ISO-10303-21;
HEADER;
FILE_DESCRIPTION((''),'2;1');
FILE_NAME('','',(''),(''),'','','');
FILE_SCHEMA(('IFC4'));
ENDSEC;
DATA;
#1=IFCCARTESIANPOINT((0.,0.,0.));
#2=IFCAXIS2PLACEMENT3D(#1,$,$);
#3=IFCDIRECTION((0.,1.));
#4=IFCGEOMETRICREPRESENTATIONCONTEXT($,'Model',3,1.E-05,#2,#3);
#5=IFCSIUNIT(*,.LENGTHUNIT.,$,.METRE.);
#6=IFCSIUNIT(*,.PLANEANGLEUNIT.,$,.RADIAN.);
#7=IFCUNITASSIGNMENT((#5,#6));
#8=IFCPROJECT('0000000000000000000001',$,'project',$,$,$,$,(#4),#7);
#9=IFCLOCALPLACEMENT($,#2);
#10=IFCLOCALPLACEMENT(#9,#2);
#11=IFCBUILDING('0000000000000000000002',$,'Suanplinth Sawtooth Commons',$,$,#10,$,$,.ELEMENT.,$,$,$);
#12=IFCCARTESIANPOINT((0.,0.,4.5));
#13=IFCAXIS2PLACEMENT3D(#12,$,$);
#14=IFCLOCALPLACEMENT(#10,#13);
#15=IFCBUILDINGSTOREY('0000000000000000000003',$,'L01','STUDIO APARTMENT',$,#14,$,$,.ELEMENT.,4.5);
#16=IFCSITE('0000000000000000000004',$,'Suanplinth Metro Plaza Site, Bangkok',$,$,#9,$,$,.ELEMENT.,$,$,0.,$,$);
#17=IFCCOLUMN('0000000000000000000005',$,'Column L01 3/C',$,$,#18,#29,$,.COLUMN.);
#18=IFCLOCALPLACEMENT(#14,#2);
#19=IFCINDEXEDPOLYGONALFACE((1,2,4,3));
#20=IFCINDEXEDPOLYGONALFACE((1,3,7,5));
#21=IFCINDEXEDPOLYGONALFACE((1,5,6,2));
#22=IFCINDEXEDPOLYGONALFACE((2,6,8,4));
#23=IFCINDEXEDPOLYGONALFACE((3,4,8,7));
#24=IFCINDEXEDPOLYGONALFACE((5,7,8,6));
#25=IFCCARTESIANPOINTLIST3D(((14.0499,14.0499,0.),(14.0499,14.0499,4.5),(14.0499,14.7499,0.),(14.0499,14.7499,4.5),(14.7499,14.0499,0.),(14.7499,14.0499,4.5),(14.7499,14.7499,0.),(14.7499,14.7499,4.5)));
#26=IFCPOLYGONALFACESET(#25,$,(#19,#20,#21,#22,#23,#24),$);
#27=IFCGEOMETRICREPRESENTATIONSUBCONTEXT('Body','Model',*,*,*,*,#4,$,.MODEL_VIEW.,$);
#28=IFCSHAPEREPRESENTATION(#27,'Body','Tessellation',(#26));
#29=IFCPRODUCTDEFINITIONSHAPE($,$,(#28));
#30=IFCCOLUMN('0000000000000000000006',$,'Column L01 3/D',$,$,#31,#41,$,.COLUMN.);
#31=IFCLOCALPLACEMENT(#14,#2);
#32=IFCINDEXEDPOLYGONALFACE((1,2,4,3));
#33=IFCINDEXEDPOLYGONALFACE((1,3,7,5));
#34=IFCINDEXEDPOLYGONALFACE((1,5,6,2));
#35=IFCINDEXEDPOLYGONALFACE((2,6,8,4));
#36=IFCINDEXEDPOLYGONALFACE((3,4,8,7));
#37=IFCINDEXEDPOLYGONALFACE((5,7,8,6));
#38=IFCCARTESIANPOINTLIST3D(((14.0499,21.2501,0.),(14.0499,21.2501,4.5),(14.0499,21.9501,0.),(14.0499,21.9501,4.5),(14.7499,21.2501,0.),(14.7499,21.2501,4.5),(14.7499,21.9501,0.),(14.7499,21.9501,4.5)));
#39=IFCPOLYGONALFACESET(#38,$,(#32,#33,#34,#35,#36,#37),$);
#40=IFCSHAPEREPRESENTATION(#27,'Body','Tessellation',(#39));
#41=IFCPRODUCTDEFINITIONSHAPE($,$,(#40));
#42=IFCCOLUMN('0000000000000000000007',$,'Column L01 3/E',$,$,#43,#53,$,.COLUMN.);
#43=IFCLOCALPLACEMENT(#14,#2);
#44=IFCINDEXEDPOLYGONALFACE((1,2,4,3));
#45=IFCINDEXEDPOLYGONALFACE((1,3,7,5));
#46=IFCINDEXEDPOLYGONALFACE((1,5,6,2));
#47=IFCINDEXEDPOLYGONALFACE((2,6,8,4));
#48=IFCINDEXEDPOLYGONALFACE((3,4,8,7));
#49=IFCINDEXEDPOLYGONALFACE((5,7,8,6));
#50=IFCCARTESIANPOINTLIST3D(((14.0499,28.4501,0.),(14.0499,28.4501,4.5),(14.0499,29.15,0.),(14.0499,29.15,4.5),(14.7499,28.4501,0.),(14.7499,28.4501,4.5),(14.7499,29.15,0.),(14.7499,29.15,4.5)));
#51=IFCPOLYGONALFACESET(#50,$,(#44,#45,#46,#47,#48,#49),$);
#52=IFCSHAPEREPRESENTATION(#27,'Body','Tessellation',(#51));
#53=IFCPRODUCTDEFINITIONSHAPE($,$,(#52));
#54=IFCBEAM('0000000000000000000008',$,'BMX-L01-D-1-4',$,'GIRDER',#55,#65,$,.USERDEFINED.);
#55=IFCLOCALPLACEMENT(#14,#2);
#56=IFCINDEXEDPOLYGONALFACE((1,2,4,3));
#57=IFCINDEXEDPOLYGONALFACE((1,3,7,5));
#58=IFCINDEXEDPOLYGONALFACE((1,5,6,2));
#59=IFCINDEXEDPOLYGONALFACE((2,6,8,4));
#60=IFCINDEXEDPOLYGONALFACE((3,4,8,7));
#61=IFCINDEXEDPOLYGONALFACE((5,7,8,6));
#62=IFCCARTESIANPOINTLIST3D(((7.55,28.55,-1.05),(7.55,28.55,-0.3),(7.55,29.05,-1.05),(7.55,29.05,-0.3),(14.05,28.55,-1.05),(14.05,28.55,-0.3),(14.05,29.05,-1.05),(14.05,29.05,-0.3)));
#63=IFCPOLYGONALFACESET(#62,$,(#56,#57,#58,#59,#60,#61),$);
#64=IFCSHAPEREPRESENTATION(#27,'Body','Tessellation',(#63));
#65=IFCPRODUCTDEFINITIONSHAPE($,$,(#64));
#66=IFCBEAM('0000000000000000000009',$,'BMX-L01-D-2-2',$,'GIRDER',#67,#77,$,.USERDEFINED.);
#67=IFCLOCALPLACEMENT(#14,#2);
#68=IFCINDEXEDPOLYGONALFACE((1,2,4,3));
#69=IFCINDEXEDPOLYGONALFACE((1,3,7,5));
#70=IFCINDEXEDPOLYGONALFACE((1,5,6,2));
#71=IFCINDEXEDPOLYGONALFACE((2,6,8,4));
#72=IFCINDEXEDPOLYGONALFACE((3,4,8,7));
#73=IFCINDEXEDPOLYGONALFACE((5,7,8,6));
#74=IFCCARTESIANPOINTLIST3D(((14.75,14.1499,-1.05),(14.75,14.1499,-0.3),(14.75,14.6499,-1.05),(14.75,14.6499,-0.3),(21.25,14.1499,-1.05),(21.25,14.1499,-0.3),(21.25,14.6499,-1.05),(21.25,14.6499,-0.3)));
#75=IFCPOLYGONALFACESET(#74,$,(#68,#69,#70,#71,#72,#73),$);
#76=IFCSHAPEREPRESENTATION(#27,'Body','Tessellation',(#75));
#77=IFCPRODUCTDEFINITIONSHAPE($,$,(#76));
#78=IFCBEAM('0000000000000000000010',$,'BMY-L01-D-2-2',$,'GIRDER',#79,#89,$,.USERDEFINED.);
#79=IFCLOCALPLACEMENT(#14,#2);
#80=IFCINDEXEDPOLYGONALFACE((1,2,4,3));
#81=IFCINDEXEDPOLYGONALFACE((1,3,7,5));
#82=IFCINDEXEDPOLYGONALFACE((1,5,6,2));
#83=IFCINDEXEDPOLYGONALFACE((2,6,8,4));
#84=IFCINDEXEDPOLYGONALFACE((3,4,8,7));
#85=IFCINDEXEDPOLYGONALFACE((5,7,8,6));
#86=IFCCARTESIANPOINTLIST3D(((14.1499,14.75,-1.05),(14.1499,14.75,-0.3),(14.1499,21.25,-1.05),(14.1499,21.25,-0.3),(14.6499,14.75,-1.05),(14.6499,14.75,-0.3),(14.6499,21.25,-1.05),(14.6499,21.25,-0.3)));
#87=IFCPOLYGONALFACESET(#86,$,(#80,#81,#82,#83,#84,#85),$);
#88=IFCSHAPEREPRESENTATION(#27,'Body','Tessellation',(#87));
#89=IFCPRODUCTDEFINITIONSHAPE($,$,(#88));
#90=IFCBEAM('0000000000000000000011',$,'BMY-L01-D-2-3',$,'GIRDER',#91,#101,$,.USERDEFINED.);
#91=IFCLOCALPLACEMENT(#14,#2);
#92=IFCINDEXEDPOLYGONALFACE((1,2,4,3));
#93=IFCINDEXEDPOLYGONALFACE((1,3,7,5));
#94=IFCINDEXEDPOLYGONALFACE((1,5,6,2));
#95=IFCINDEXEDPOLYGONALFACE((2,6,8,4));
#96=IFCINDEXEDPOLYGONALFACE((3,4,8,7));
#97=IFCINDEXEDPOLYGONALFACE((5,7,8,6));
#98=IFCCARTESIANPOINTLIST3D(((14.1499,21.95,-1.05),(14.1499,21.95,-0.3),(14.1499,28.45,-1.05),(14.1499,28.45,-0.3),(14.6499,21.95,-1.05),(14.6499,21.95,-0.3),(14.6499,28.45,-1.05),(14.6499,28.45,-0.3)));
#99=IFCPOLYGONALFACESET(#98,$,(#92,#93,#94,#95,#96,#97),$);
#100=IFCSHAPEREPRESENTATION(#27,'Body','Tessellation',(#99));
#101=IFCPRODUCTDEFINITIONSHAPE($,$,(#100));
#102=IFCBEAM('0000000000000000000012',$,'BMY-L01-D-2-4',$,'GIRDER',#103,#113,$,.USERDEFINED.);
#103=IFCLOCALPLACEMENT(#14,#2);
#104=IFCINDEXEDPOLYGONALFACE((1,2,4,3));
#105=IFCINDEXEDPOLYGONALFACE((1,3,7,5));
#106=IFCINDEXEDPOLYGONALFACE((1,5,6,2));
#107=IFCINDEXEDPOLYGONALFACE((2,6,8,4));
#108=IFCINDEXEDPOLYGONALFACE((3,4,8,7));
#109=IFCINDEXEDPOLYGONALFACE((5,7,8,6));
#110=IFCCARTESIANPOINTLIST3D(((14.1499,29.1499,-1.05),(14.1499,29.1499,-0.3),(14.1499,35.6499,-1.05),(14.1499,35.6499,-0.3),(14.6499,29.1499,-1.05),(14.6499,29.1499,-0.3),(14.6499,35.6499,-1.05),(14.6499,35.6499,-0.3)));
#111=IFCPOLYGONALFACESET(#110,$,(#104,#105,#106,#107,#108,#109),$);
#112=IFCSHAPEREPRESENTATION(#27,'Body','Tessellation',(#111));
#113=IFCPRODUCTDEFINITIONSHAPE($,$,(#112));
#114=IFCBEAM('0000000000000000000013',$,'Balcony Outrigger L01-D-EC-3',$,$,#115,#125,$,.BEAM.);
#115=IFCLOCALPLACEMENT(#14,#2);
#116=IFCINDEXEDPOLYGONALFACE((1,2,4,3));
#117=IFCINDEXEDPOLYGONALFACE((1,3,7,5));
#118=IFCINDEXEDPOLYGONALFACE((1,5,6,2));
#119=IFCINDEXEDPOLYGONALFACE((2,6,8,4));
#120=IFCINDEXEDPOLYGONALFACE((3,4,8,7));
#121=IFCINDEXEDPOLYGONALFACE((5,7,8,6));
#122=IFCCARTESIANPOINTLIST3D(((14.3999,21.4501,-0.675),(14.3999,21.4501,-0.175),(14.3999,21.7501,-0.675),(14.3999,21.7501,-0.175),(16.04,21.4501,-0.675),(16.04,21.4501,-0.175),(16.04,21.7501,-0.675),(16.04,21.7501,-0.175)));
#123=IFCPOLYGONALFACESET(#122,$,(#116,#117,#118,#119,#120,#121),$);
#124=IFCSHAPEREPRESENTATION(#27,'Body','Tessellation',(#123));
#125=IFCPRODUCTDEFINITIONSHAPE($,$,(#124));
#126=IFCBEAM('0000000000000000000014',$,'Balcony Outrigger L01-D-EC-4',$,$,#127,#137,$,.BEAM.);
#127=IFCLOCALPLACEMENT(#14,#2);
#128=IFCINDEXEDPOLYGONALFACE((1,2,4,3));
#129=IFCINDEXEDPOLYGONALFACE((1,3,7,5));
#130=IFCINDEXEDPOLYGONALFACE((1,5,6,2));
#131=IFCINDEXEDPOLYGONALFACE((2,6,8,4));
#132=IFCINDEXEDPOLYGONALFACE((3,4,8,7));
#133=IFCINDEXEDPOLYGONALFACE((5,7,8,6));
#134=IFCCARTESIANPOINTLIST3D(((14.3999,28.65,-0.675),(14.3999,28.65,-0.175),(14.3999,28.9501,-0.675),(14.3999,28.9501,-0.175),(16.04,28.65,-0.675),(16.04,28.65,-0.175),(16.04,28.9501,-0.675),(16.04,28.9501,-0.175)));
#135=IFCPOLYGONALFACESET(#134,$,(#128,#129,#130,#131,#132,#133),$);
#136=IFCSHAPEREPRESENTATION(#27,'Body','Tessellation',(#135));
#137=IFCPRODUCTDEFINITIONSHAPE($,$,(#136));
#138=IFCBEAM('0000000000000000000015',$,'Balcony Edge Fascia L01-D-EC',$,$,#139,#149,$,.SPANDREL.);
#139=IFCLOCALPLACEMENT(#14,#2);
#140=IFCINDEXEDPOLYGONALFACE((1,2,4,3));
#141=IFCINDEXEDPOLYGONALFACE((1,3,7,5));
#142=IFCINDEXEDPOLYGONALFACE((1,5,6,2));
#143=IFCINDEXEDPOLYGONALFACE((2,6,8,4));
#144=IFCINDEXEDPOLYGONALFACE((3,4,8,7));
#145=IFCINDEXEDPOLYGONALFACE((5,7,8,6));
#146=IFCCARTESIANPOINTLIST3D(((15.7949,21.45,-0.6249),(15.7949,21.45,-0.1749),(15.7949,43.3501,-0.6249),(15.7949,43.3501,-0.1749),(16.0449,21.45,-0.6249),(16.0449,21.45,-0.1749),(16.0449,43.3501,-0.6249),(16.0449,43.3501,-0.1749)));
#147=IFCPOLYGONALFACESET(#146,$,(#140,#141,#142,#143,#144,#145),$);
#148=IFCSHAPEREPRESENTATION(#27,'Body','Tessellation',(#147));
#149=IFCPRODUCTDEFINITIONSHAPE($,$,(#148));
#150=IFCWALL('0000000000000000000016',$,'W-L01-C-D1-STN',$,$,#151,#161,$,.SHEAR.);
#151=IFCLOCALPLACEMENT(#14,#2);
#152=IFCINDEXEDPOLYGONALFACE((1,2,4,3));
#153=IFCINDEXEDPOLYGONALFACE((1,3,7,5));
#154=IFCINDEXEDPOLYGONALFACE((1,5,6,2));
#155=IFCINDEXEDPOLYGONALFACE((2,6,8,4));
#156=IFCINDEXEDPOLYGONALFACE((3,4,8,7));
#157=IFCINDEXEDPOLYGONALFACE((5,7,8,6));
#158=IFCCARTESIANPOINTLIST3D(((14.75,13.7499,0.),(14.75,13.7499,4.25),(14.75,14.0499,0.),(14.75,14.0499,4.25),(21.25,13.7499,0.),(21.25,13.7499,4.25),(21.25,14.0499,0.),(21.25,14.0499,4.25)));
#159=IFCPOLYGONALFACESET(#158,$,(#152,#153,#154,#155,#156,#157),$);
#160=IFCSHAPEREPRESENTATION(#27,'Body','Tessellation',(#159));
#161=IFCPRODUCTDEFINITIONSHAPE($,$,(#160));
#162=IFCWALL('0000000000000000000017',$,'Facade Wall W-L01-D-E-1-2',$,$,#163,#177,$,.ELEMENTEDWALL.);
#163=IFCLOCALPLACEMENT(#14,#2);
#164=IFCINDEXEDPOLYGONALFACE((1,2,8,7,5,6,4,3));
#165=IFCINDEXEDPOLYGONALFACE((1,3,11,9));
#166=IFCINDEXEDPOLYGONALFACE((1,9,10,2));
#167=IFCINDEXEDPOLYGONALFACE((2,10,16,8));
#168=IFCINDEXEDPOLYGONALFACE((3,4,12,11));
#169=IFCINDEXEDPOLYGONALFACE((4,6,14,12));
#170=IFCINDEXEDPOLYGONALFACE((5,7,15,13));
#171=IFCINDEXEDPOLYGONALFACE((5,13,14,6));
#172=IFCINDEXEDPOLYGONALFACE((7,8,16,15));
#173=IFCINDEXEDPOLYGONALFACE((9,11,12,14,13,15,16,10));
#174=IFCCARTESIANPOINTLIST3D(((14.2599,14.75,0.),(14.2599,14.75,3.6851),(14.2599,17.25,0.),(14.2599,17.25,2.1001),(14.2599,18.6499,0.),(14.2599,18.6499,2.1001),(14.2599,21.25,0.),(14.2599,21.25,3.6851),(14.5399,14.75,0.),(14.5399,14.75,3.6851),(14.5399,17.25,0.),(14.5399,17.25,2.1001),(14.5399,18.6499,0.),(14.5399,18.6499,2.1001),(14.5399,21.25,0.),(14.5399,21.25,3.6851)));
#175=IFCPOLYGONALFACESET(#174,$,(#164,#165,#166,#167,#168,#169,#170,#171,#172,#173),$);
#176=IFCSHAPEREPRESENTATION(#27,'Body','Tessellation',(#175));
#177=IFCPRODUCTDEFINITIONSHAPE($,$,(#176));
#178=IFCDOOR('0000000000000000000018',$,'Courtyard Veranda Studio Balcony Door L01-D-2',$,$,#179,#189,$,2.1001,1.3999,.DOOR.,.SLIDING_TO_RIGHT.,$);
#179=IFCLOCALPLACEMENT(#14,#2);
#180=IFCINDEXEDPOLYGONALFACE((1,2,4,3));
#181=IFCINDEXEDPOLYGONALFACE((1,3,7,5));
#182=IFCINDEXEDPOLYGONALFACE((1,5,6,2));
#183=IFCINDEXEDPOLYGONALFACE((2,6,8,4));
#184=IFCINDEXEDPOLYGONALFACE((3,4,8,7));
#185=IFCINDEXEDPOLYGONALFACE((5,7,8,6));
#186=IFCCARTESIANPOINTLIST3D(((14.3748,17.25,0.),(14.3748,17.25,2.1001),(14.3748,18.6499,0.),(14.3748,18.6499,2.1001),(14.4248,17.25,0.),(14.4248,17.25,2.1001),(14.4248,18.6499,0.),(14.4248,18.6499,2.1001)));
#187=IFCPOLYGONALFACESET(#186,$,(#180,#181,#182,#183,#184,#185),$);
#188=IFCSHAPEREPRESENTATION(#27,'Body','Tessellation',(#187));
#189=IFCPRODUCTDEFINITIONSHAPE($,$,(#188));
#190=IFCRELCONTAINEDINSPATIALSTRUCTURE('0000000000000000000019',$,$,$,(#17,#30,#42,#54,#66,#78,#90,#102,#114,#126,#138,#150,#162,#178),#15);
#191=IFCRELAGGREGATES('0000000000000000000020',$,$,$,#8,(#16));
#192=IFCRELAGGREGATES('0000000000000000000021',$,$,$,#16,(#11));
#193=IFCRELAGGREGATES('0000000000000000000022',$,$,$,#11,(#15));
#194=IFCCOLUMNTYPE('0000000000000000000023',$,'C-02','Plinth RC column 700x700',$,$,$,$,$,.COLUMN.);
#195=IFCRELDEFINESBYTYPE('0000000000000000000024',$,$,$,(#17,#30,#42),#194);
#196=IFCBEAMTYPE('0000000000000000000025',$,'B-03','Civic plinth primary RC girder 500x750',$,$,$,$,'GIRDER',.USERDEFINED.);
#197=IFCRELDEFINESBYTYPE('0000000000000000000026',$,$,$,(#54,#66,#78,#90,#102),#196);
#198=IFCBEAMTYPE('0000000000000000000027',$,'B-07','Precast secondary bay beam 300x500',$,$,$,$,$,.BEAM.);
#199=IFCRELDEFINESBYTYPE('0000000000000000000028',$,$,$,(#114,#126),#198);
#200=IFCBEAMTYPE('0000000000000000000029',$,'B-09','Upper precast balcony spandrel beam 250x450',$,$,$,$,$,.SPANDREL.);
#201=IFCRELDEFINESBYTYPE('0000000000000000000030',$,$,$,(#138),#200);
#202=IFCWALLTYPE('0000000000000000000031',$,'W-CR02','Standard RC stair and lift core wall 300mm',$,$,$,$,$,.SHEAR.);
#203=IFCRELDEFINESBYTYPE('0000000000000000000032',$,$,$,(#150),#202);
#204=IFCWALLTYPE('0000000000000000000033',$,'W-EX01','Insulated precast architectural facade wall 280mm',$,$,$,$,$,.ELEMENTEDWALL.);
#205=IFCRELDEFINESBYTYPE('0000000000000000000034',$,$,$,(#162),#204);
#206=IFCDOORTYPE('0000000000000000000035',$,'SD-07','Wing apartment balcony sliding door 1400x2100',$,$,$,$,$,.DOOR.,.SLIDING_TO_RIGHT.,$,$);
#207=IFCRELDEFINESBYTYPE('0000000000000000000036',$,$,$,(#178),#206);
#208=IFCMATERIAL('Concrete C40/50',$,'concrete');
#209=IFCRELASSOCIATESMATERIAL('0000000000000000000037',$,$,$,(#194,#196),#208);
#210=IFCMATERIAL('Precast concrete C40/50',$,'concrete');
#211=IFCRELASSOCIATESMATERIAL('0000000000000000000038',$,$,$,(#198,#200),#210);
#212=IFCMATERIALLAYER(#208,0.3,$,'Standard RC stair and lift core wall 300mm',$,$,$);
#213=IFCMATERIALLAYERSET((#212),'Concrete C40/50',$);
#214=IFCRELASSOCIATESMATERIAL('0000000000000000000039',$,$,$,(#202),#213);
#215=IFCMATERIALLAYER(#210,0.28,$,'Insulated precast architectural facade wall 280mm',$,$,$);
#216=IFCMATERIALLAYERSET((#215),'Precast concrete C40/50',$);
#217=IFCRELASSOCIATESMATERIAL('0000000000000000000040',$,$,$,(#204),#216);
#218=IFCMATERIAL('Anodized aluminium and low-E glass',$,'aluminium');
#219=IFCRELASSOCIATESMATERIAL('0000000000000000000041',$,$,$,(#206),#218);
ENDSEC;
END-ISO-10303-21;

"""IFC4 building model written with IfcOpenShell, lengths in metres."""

from ifc_helpers import new_model, si_unit, direction, frame, frame_2d, origin, origin_2d, place, context, subcontext, project, spatial, rectangle, extrude, material, layer, layer_set, material_profile, profile_set, type_object, element, fill, save


model = new_model("IFC4")

# Units and contexts
model_context = context("Model", 3, precision=1e-05, world=origin(), true_north=direction((0.0, 1.0)))
body_context = subcontext(model_context, "Body", "Model", "MODEL_VIEW")
ifc_project = project(units=[si_unit("LENGTHUNIT", "METRE"), si_unit("PLANEANGLEUNIT", "RADIAN")], contexts=[model_context])

# Site, building, storey
site_placement = place(None, origin())
site = spatial("IfcSite", under=ifc_project, at=site_placement, Name="Suanplinth Metro Plaza Site, Bangkok", CompositionType="ELEMENT", RefElevation=0.0)
building_placement = place(site_placement, origin())
building = spatial("IfcBuilding", under=site, at=building_placement, Name="Suanplinth Sawtooth Commons", CompositionType="ELEMENT")
storey_placement = place(building_placement, frame((0.0, 0.0, 4.5)))
storey = spatial("IfcBuildingStorey", under=building, at=storey_placement, Name="L01", Description="STUDIO APARTMENT", CompositionType="ELEMENT", Elevation=4.5)

# Columns
ifc_material_1 = material(Name="Concrete C40/50", Category="concrete")
ifc_material_profile_1 = material_profile(ifc_material_1, rectangle(XDim=0.7, YDim=0.7, at=origin_2d()), Name="RC-COL 700x700")
ifc_profile_set_1 = profile_set([ifc_material_profile_1], Name="Concrete C40/50")
column_type = type_object("IfcColumnType", Name="C-02", Description="Plinth RC column 700x700", PredefinedType="COLUMN", material=ifc_profile_set_1)
for number, where, z_axis, x_axis, name in (
    (1, (14.3999, 14.3999, 0.0), (0.0, 0.0, 1.0), (1.0, 0.0, 0.0), "Column L01 3/C"),
    (2, (14.3999, 21.6001, 0.0), (0.0, 0.0, 1.0), (1.0, 0.0, 0.0), "Column L01 3/D"),
    (3, (14.3999, 28.8, 0.0), (0.0, 0.0, 1.0), (1.0, 0.0, 0.0), "Column L01 3/E"),
):
    element("IfcColumn", number, at=place(storey_placement, frame(where, z_axis=z_axis, x_axis=x_axis)), inside=storey, type_object=column_type, Name=name, PredefinedType="COLUMN", context=body_context, shape_type="SweptSolid", body=[
        extrude(rectangle(XDim=0.7, YDim=0.7, at=origin_2d()), origin(), (0.0, 0.0, 1.0), 4.5),
    ])

# Beams
ifc_material_profile_2 = material_profile(ifc_material_1, rectangle(XDim=0.5, YDim=0.75, at=origin_2d()), Name="RC-GDR 500x750")
ifc_profile_set_2 = profile_set([ifc_material_profile_2], Name="Concrete C40/50")
beam_type_1 = type_object("IfcBeamType", Name="B-03", Description="Civic plinth primary RC girder 500x750", ElementType="GIRDER", PredefinedType="USERDEFINED", material=ifc_profile_set_2)
for number, where, z_axis, x_axis, name in (
    (4, (7.55, 28.8, -0.675), (1.0, 0.0, 0.0), (0.0, 1.0, 0.0), "BMX-L01-D-1-4"),
    (5, (14.75, 14.3999, -0.675), (1.0, 0.0, 0.0), (0.0, 1.0, 0.0), "BMX-L01-D-2-2"),
    (6, (14.3999, 14.75, -0.675), (0.0, 1.0, 0.0), (-1.0, 0.0, 0.0), "BMY-L01-D-2-2"),
    (7, (14.3999, 21.95, -0.675), (0.0, 1.0, 0.0), (-1.0, 0.0, 0.0), "BMY-L01-D-2-3"),
    (8, (14.3999, 29.1499, -0.675), (0.0, 1.0, 0.0), (-1.0, 0.0, 0.0), "BMY-L01-D-2-4"),
):
    element("IfcBeam", number, at=place(storey_placement, frame(where, z_axis=z_axis, x_axis=x_axis)), inside=storey, type_object=beam_type_1, Name=name, ObjectType="GIRDER", PredefinedType="USERDEFINED", context=body_context, shape_type="SweptSolid", body=[
        extrude(rectangle(XDim=0.5, YDim=0.75, at=origin_2d()), origin(), (0.0, 0.0, 1.0), 6.5),
    ])
ifc_material_2 = material(Name="Precast concrete C40/50", Category="concrete")
ifc_material_profile_3 = material_profile(ifc_material_2, rectangle(XDim=0.3, YDim=0.5, at=origin_2d()), Name="PC-BM 300x500")
ifc_profile_set_3 = profile_set([ifc_material_profile_3], Name="Precast concrete C40/50")
beam_type_2 = type_object("IfcBeamType", Name="B-07", Description="Precast secondary bay beam 300x500", PredefinedType="BEAM", material=ifc_profile_set_3)
for number, where, z_axis, x_axis, name in (
    (9, (14.3999, 21.6001, -0.425), (1.0, 0.0, 0.0), (0.0, 1.0, 0.0), "Balcony Outrigger L01-D-EC-3"),
    (10, (14.3999, 28.8, -0.425), (1.0, 0.0, 0.0), (0.0, 1.0, 0.0), "Balcony Outrigger L01-D-EC-4"),
):
    element("IfcBeam", number, at=place(storey_placement, frame(where, z_axis=z_axis, x_axis=x_axis)), inside=storey, type_object=beam_type_2, Name=name, PredefinedType="BEAM", context=body_context, shape_type="SweptSolid", body=[
        extrude(rectangle(XDim=0.3, YDim=0.5, at=origin_2d()), origin(), (0.0, 0.0, 1.0), 1.6401),
    ])
ifc_material_profile_4 = material_profile(ifc_material_2, rectangle(XDim=0.25, YDim=0.45, at=origin_2d()), Name="PC-SP 250x450")
ifc_profile_set_4 = profile_set([ifc_material_profile_4], Name="Precast concrete C40/50")
beam_type_3 = type_object("IfcBeamType", Name="B-09", Description="Upper precast balcony spandrel beam 250x450", PredefinedType="SPANDREL", material=ifc_profile_set_4)
beam_placement = place(storey_placement, frame((15.9199, 21.45, -0.3999), z_axis=(0.0, 1.0, 0.0), x_axis=(-1.0, 0.0, 0.0)))
element("IfcBeam", 11, at=beam_placement, inside=storey, type_object=beam_type_3, Name="Balcony Edge Fascia L01-D-EC", PredefinedType="SPANDREL", context=body_context, shape_type="SweptSolid", body=[
    extrude(rectangle(XDim=0.25, YDim=0.45, at=origin_2d()), origin(), (0.0, 0.0, 1.0), 21.9001),
])

# Wall
ifc_layer_1 = layer(ifc_material_1, 0.3, Name="Standard RC stair and lift core wall 300mm")
ifc_layer_set_1 = layer_set([ifc_layer_1], Name="Concrete C40/50")
wall_type_1 = type_object("IfcWallType", Name="W-CR02", Description="Standard RC stair and lift core wall 300mm", PredefinedType="SHEAR", material=ifc_layer_set_1)
wall_1_placement = place(storey_placement, frame((14.75, 13.8999, 0.0), z_axis=(0.0, 0.0, 1.0), x_axis=(1.0, 0.0, 0.0)))
element("IfcWall", 12, at=wall_1_placement, inside=storey, type_object=wall_type_1, Name="W-L01-C-D1-STN", PredefinedType="SHEAR", context=body_context, shape_type="SweptSolid", body=[
    extrude(rectangle(XDim=6.5, YDim=0.3, at=frame_2d((3.25, 0.0))), origin(), (0.0, 0.0, 1.0), 4.25),
])

# Wall, opening, door
ifc_layer_2 = layer(ifc_material_2, 0.28, Name="Insulated precast architectural facade wall 280mm")
ifc_layer_set_2 = layer_set([ifc_layer_2], Name="Precast concrete C40/50")
wall_type_2 = type_object("IfcWallType", Name="W-EX01", Description="Insulated precast architectural facade wall 280mm", PredefinedType="ELEMENTEDWALL", material=ifc_layer_set_2)
wall_2_placement = place(storey_placement, frame((14.3999, 14.75, 0.0), z_axis=(0.0, 0.0, 1.0), x_axis=(0.0, 1.0, 0.0)))
wall_2 = element("IfcWall", 13, at=wall_2_placement, inside=storey, type_object=wall_type_2, Name="Facade Wall W-L01-D-E-1-2", PredefinedType="ELEMENTEDWALL", context=body_context, shape_type="SweptSolid", body=[
    extrude(rectangle(XDim=6.5, YDim=0.28, at=frame_2d((3.25, 0.0))), origin(), (0.0, 0.0, 1.0), 3.6851),
])
opening_1_placement = place(wall_2_placement, frame((2.5, 0.0, 0.0)))
opening_1 = element("IfcOpeningElement", 14, at=opening_1_placement, cuts=wall_2, PredefinedType="OPENING", context=body_context, shape_type="SweptSolid", body=[
    extrude(rectangle(XDim=1.3999, YDim=2.1001, at=frame_2d((0.7, 1.05))), frame((0.0, 0.1548, 0.0), z_axis=(0.0, -1.0, 0.0), x_axis=(1.0, 0.0, 0.0)), (0.0, 0.0, 1.0), 0.3098),
])
ifc_material_3 = material(Name="Anodized aluminium and low-E glass", Category="aluminium")
door_type_1 = type_object("IfcDoorType", Name="SD-07", Description="Wing apartment balcony sliding door 1400x2100", OperationType="SLIDING_TO_RIGHT", PredefinedType="DOOR", material=ifc_material_3)
door_1_placement = place(opening_1_placement, frame((1.3999, 0.0, 0.0), z_axis=(0.0, 0.0, 1.0), x_axis=(-1.0, 0.0, 0.0)))
door_1 = element("IfcDoor", 15, at=door_1_placement, inside=storey, type_object=door_type_1, Name="Courtyard Veranda Studio Balcony Door L01-D-2", OperationType="SLIDING_TO_RIGHT", OverallHeight=2.1001, OverallWidth=1.3999, PredefinedType="DOOR", context=body_context, shape_type="SweptSolid", body=[
    extrude(rectangle(XDim=1.3999, YDim=2.1001, at=frame_2d((0.7, 1.05))), frame((0.0, 0.0249, 0.0), z_axis=(0.0, -1.0, 0.0), x_axis=(1.0, 0.0, 0.0)), (0.0, 0.0, 1.0), 0.05),
])
fill(opening_1, door_1)

save(model, "model.ifc")
